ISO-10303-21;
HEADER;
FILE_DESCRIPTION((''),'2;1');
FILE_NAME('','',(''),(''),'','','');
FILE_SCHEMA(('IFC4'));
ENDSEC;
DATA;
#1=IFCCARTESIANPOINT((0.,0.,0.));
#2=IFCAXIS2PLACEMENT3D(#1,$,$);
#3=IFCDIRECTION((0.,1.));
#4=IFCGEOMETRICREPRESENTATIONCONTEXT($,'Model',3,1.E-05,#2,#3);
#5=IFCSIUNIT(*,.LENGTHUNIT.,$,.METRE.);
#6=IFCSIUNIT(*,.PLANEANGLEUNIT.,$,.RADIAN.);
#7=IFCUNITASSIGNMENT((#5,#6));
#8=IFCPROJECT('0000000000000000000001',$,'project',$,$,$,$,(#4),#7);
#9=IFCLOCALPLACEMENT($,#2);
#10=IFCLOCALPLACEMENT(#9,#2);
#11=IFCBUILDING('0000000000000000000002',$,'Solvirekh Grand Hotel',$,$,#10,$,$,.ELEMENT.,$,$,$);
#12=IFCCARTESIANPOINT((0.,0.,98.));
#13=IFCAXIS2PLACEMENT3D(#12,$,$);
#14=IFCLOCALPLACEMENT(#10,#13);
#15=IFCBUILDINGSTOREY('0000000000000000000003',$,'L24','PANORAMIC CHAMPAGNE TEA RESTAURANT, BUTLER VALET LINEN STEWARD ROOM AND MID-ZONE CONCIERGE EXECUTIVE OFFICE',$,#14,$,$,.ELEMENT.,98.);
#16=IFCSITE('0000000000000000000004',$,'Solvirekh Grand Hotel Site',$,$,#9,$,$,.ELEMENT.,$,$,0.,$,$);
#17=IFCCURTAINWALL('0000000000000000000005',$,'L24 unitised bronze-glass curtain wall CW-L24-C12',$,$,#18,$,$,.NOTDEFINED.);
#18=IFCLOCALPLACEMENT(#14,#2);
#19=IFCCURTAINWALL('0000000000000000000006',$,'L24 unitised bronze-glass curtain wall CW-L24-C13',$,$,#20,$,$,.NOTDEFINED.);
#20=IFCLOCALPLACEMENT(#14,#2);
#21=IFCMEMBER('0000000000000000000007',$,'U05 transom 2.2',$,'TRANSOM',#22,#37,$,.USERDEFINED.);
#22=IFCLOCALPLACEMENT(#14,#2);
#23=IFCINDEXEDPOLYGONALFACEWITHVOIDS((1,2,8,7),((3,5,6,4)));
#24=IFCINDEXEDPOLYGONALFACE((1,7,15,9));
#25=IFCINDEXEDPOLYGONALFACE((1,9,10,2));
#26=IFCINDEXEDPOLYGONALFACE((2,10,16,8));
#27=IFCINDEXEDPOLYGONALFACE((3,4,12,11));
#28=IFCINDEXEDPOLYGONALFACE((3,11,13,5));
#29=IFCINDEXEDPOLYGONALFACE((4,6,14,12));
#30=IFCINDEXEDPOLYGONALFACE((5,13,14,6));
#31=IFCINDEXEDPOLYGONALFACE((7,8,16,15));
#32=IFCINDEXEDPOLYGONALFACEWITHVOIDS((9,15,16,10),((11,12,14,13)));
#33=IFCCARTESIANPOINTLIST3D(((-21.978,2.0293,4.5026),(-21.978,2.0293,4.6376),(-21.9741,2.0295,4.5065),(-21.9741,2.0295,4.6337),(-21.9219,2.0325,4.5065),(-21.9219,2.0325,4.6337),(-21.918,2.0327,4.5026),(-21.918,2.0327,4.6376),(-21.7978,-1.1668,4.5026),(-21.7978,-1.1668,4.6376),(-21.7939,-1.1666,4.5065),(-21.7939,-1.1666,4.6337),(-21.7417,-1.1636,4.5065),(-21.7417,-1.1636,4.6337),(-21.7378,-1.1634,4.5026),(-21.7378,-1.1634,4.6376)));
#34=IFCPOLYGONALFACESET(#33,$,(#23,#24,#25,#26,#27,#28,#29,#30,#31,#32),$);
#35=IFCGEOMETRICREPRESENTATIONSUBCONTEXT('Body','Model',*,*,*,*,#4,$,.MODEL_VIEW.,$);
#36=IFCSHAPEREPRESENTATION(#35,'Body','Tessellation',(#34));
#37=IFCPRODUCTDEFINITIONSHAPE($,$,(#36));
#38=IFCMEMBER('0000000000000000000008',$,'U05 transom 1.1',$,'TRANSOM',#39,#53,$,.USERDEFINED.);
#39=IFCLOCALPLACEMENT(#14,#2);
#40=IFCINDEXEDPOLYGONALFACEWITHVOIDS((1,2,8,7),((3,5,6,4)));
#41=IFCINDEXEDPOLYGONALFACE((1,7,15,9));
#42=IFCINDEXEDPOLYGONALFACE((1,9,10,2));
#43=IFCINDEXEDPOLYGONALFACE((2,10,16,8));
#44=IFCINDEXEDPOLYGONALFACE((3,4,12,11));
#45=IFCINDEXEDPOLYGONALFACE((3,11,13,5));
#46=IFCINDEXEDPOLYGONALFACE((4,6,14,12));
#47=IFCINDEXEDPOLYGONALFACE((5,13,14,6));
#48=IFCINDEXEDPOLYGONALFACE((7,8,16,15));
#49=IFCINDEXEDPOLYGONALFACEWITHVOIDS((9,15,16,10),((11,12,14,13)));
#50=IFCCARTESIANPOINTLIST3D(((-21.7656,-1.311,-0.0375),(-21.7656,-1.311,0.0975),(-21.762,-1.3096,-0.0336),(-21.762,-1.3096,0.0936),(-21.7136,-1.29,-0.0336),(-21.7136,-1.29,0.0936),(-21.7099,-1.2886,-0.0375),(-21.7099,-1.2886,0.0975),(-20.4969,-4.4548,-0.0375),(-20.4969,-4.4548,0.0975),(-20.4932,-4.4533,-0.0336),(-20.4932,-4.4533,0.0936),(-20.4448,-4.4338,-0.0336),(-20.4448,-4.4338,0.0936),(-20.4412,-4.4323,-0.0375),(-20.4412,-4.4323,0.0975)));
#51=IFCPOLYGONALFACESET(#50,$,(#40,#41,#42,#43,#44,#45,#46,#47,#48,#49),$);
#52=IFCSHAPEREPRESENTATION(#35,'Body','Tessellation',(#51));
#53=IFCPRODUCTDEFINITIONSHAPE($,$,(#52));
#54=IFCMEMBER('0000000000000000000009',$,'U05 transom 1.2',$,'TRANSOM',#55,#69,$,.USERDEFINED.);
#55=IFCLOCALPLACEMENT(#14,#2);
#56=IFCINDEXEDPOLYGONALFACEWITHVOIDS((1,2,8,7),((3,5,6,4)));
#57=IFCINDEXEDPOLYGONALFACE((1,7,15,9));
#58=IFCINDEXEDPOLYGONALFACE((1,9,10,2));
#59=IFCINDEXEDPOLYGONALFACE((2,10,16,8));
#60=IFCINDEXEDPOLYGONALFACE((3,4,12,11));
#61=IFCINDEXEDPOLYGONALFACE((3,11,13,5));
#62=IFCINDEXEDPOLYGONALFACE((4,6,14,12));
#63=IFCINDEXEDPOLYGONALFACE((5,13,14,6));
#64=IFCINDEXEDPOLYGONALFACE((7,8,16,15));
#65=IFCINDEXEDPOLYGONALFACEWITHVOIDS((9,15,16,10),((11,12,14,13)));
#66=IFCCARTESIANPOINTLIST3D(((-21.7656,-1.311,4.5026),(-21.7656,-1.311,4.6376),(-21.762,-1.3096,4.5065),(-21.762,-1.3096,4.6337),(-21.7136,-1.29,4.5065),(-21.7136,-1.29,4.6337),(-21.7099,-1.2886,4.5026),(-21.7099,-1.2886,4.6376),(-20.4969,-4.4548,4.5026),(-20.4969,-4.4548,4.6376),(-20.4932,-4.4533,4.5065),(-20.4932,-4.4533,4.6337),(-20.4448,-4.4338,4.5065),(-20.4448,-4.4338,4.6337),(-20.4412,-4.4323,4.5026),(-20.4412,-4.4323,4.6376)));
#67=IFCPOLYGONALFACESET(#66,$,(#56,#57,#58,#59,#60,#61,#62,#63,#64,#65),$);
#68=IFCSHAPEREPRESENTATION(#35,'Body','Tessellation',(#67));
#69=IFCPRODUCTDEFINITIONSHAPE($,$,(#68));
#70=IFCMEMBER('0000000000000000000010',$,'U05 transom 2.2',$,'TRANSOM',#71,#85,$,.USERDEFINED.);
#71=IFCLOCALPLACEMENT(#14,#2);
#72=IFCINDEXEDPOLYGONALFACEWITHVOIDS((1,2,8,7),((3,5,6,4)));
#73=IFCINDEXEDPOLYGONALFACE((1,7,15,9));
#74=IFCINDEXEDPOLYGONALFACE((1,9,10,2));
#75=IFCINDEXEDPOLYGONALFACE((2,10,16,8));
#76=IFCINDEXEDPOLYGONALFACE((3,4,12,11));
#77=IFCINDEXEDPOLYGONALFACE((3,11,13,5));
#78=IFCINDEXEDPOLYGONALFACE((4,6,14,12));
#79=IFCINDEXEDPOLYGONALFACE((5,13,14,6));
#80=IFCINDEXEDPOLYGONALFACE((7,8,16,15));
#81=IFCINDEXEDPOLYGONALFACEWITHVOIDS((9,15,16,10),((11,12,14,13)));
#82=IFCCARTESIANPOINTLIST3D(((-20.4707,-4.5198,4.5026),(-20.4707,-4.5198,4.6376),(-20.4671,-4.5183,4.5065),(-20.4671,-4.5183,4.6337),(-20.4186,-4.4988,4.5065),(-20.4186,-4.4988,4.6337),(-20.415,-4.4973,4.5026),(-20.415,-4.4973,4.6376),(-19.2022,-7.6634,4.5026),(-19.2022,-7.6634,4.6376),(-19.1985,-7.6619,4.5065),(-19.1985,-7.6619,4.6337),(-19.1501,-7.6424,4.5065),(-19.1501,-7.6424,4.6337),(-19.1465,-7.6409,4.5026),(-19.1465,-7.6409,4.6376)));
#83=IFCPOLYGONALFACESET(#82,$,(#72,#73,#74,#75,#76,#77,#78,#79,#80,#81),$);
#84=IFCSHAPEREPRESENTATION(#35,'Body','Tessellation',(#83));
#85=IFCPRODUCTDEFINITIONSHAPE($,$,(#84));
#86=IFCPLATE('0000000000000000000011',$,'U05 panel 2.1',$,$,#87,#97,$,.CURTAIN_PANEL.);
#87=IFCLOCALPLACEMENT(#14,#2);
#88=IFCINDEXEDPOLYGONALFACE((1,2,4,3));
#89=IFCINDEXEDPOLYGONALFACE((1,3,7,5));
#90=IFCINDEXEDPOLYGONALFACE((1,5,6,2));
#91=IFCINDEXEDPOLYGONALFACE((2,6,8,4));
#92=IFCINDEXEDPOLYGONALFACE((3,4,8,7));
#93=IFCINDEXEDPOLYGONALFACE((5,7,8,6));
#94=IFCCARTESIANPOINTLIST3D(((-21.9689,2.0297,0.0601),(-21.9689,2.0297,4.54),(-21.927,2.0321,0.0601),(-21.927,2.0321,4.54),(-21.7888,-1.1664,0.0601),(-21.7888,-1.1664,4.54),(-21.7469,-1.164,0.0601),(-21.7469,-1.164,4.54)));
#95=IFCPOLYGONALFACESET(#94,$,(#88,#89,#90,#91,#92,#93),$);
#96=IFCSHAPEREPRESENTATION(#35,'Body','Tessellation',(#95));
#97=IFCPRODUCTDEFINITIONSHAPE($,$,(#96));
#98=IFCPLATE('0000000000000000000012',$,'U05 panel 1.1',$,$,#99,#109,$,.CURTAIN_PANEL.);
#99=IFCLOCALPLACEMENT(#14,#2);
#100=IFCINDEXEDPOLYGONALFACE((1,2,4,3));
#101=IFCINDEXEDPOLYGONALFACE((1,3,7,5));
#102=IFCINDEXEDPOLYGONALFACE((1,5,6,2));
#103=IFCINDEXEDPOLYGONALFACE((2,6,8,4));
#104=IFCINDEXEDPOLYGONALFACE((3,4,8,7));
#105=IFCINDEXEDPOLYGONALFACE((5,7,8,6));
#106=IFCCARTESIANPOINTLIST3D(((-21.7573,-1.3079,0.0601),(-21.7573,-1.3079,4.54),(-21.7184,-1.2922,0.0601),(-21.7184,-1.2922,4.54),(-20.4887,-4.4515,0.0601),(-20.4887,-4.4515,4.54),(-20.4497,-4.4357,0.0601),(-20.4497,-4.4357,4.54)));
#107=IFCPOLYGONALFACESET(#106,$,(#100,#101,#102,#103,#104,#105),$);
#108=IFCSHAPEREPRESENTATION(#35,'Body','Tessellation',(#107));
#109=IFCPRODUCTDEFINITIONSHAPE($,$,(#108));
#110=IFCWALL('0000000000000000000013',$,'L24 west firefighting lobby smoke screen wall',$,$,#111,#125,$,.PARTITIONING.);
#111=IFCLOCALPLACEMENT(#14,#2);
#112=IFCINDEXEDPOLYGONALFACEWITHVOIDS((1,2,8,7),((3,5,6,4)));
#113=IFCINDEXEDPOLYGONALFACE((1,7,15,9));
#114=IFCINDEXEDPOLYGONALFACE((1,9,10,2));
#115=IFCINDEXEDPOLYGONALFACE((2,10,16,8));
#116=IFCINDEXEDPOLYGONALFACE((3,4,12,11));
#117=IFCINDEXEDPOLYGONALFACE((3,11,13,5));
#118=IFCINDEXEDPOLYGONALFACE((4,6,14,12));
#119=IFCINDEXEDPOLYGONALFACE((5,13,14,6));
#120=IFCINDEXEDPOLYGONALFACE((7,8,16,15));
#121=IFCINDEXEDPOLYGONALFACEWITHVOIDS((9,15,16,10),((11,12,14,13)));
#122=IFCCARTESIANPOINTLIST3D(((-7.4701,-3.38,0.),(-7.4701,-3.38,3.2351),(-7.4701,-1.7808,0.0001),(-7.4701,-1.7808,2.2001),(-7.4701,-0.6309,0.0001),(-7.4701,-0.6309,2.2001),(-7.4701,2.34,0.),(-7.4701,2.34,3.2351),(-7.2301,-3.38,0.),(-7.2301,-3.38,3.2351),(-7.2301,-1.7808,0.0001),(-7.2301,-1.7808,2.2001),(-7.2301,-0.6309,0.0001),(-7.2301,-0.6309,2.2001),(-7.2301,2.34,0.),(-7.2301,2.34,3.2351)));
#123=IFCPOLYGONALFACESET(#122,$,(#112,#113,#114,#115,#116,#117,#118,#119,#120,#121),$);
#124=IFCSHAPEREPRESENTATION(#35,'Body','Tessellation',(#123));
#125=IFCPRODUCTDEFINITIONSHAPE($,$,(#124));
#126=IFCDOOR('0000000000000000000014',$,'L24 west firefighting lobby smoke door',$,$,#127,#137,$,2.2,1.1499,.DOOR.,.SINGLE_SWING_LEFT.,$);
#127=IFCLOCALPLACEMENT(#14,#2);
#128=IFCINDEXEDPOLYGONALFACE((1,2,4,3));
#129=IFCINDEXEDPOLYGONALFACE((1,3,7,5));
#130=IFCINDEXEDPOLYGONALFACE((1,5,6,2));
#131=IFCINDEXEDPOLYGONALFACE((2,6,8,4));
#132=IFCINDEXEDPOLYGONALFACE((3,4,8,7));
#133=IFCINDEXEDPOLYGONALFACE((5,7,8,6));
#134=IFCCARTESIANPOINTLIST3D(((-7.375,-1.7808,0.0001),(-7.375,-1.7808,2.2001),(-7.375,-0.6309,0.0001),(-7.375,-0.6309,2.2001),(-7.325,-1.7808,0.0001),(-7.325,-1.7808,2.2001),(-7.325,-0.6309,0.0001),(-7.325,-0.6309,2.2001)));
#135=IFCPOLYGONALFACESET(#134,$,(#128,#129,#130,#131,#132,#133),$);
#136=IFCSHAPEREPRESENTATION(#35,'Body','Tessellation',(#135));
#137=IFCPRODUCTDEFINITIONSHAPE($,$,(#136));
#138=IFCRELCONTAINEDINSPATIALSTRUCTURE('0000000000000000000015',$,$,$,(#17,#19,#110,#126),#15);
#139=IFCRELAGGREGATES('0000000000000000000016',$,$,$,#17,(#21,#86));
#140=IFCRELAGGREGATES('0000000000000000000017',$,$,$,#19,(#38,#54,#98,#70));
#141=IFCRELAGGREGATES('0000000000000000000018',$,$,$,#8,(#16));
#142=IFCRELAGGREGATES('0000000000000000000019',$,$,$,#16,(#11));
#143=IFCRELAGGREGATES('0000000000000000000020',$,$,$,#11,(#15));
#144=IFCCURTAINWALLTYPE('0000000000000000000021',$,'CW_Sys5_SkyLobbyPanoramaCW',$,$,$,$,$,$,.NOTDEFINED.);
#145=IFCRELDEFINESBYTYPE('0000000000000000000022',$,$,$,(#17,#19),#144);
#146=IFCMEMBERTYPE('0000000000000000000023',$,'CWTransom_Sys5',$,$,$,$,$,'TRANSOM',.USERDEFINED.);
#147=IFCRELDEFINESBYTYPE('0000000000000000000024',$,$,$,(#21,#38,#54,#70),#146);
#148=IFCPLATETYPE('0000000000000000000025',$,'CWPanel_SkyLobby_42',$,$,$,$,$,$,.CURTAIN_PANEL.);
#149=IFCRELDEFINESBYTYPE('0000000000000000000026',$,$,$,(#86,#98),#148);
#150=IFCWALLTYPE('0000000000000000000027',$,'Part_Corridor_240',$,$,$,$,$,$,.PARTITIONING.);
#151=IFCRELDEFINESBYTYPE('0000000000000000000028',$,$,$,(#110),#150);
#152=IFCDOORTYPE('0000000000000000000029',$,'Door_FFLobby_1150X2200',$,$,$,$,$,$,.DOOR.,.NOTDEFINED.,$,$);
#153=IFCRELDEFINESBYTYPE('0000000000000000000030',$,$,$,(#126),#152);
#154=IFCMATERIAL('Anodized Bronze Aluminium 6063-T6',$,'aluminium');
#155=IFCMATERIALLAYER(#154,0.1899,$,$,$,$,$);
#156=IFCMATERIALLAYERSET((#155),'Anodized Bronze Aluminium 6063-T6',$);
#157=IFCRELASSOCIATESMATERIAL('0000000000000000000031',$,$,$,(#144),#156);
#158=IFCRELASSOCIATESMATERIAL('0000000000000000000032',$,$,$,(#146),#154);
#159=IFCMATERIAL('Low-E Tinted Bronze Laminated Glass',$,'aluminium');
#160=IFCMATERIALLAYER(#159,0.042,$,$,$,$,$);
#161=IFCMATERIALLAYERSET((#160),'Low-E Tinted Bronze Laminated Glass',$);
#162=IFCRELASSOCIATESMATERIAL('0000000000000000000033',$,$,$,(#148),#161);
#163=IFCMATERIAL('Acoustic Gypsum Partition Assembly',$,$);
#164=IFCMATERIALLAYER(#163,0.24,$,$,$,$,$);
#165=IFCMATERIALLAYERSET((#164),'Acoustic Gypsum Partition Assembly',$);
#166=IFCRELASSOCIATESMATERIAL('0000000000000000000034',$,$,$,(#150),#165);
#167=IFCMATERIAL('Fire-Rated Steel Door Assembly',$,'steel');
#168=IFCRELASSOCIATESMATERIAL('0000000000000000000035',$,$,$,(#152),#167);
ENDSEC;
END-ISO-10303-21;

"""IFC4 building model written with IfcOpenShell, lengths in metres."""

from ifc_helpers import new_model, si_unit, direction, frame, frame_2d, origin, origin_2d, place, context, subcontext, project, spatial, rectangle, hollow_rectangle, extrude, source, transform, mapped, material, layer, layer_set, material_profile, profile_set, type_object, element, fill, aggregate, save


model = new_model("IFC4")

# Units and contexts
model_context = context("Model", 3, precision=1e-05, world=origin(), true_north=direction((0.0, 1.0)))
body_context = subcontext(model_context, "Body", "Model", "MODEL_VIEW")
ifc_project = project(units=[si_unit("LENGTHUNIT", "METRE"), si_unit("PLANEANGLEUNIT", "RADIAN")], contexts=[model_context])

# Site, building, storey
site_placement = place(None, origin())
site = spatial("IfcSite", under=ifc_project, at=site_placement, Name="Solvirekh Grand Hotel Site", CompositionType="ELEMENT", RefElevation=0.0)
building_placement = place(site_placement, origin())
building = spatial("IfcBuilding", under=site, at=building_placement, Name="Solvirekh Grand Hotel", CompositionType="ELEMENT")
storey_placement = place(building_placement, frame((0.0, 0.0, 98.0)))
storey = spatial("IfcBuildingStorey", under=building, at=storey_placement, Name="L24", Description="PANORAMIC CHAMPAGNE TEA RESTAURANT, BUTLER VALET LINEN STEWARD ROOM AND MID-ZONE CONCIERGE EXECUTIVE OFFICE", CompositionType="ELEMENT", Elevation=98.0)

# Curtain walls
ifc_material_1 = material(Name="Anodized Bronze Aluminium 6063-T6", Category="aluminium")
ifc_layer_1 = layer(ifc_material_1, 0.1899)
ifc_layer_set_1 = layer_set([ifc_layer_1], Name="Anodized Bronze Aluminium 6063-T6")
curtain_wall_type = type_object("IfcCurtainWallType", Name="CW_Sys5_SkyLobbyPanoramaCW", PredefinedType="NOTDEFINED", material=ifc_layer_set_1)
curtain_wall_1_placement = place(storey_placement, origin())
curtain_wall_1 = element("IfcCurtainWall", 1, at=curtain_wall_1_placement, inside=storey, type_object=curtain_wall_type, Name="L24 unitised bronze-glass curtain wall CW-L24-C12", PredefinedType="NOTDEFINED")
curtain_wall_2_placement = place(storey_placement, origin())
curtain_wall_2 = element("IfcCurtainWall", 2, at=curtain_wall_2_placement, inside=storey, type_object=curtain_wall_type, Name="L24 unitised bronze-glass curtain wall CW-L24-C13", PredefinedType="NOTDEFINED")

# Members
ifc_material_profile_1 = material_profile(ifc_material_1, hollow_rectangle(XDim=0.0601, YDim=0.135, WallThickness=0.0039, at=origin_2d()), Name="ALU RHS 135X60X4")
ifc_profile_set_1 = profile_set([ifc_material_profile_1], Name="Anodized Bronze Aluminium 6063-T6")
member_type_1 = type_object("IfcMemberType", Name="CWTransom_Sys5", ElementType="TRANSOM", PredefinedType="USERDEFINED", material=ifc_profile_set_1)
shared_shape_1 = source(origin(), body_context, "Body", "SweptSolid", [
    extrude(hollow_rectangle(XDim=0.0601, YDim=0.135, WallThickness=0.0039, at=origin_2d()), origin(), (0.0, 0.0, 1.0), 3.2012),
])
member_1_placement = place(storey_placement, frame((-21.948, 2.031, 4.5701), z_axis=(0.056285, -0.998415, 0.0), x_axis=(0.998415, 0.056285, 0.0)))
member_1 = element("IfcMember", 3, at=member_1_placement, type_object=member_type_1, Name="U05 transom 2.2", ObjectType="TRANSOM", PredefinedType="USERDEFINED", context=body_context, shape_type="MappedRepresentation", body=[
    mapped(shared_shape_1, transform((0.0, 0.0, 0.0), x_axis=(1.0, 0.0, 0.0), y_axis=(0.0, 1.0, 0.0), z_axis=(0.0, 0.0, 1.0), scale=1.0)),
])
shared_shape_2 = source(origin(), body_context, "Body", "SweptSolid", [
    extrude(hollow_rectangle(XDim=0.0601, YDim=0.135, WallThickness=0.0039, at=origin_2d()), origin(), (0.0, 0.0, 1.0), 3.3901),
])
member_2_placement = place(storey_placement, frame((-21.7378, -1.2998, 0.03), z_axis=(0.374257, -0.927325, 0.0), x_axis=(0.927325, 0.374257, 0.0)))
member_2 = element("IfcMember", 4, at=member_2_placement, type_object=member_type_1, Name="U05 transom 1.1", ObjectType="TRANSOM", PredefinedType="USERDEFINED", context=body_context, shape_type="MappedRepresentation", body=[
    mapped(shared_shape_2, transform((0.0, 0.0, 0.0), x_axis=(1.0, 0.0, 0.0), y_axis=(0.0, 1.0, 0.0), z_axis=(0.0, 0.0, 1.0), scale=1.0)),
])
member_3_placement = place(storey_placement, frame((-21.7378, -1.2998, 4.5701), z_axis=(0.374257, -0.927325, 0.0), x_axis=(0.927325, 0.374257, 0.0)))
member_3 = element("IfcMember", 5, at=member_3_placement, type_object=member_type_1, Name="U05 transom 1.2", ObjectType="TRANSOM", PredefinedType="USERDEFINED", context=body_context, shape_type="MappedRepresentation", body=[
    mapped(shared_shape_2, transform((0.0, 0.0, 0.0), x_axis=(1.0, 0.0, 0.0), y_axis=(0.0, 1.0, 0.0), z_axis=(0.0, 0.0, 1.0), scale=1.0)),
])
shared_shape_3 = source(origin(), body_context, "Body", "SweptSolid", [
    extrude(hollow_rectangle(XDim=0.0601, YDim=0.135, WallThickness=0.0039, at=origin_2d()), origin(), (0.0, 0.0, 1.0), 3.3899),
])
member_4_placement = place(storey_placement, frame((-20.4429, -4.5085, 4.5701), z_axis=(0.37422, -0.92734, 0.0), x_axis=(0.92734, 0.37422, 0.0)))
member_4 = element("IfcMember", 6, at=member_4_placement, type_object=member_type_1, Name="U05 transom 2.2", ObjectType="TRANSOM", PredefinedType="USERDEFINED", context=body_context, shape_type="MappedRepresentation", body=[
    mapped(shared_shape_3, transform((0.0, 0.0, 0.0), x_axis=(1.0, 0.0, 0.0), y_axis=(0.0, 1.0, 0.0), z_axis=(0.0, 0.0, 1.0), scale=1.0)),
])

# Plates
ifc_material_2 = material(Name="Low-E Tinted Bronze Laminated Glass", Category="aluminium")
ifc_layer_2 = layer(ifc_material_2, 0.042)
ifc_layer_set_2 = layer_set([ifc_layer_2], Name="Low-E Tinted Bronze Laminated Glass")
plate_type = type_object("IfcPlateType", Name="CWPanel_SkyLobby_42", PredefinedType="CURTAIN_PANEL", material=ifc_layer_set_2)
shared_shape_4 = source(origin(), body_context, "Body", "SweptSolid", [
    extrude(rectangle(XDim=3.2012, YDim=0.042, at=origin_2d()), origin(), (0.0, 0.0, 1.0), 4.48),
])
plate_1_placement = place(storey_placement, frame((-21.8579, 0.4329, 0.0601), z_axis=(0.0, 0.0, 1.0), x_axis=(0.056257, -0.998416, 0.0)))
plate_1 = element("IfcPlate", 7, at=plate_1_placement, type_object=plate_type, Name="U05 panel 2.1", PredefinedType="CURTAIN_PANEL", context=body_context, shape_type="MappedRepresentation", body=[
    mapped(shared_shape_4, transform((0.0, 0.0, 0.0), x_axis=(1.0, 0.0, 0.0), y_axis=(0.0, 1.0, 0.0), z_axis=(0.0, 0.0, 1.0), scale=1.0)),
])
aggregate(curtain_wall_1, [member_1, plate_1])
shared_shape_5 = source(origin(), body_context, "Body", "SweptSolid", [
    extrude(rectangle(XDim=3.3899, YDim=0.042, at=origin_2d()), origin(), (0.0, 0.0, 1.0), 4.48),
])
plate_2_placement = place(storey_placement, frame((-21.1035, -2.8718, 0.0601), z_axis=(0.0, 0.0, 1.0), x_axis=(0.37425, -0.927328, 0.0)))
plate_2 = element("IfcPlate", 8, at=plate_2_placement, type_object=plate_type, Name="U05 panel 1.1", PredefinedType="CURTAIN_PANEL", context=body_context, shape_type="MappedRepresentation", body=[
    mapped(shared_shape_5, transform((0.0, 0.0, 0.0), x_axis=(1.0, 0.0, 0.0), y_axis=(0.0, 1.0, 0.0), z_axis=(0.0, 0.0, 1.0), scale=1.0)),
])
aggregate(curtain_wall_2, [member_2, member_3, plate_2, member_4])

# Wall, opening, door
ifc_material_3 = material(Name="Acoustic Gypsum Partition Assembly")
ifc_layer_3 = layer(ifc_material_3, 0.24)
ifc_layer_set_3 = layer_set([ifc_layer_3], Name="Acoustic Gypsum Partition Assembly")
wall_type_1 = type_object("IfcWallType", Name="Part_Corridor_240", PredefinedType="PARTITIONING", material=ifc_layer_set_3)
wall_1_placement = place(storey_placement, frame((-7.3501, -3.3799, 0.0), z_axis=(0.0, 0.0, 1.0), x_axis=(0.0, 1.0, 0.0)))
wall_1 = element("IfcWall", 9, at=wall_1_placement, inside=storey, type_object=wall_type_1, Name="L24 west firefighting lobby smoke screen wall", PredefinedType="PARTITIONING", context=body_context, shape_type="SweptSolid", body=[
    extrude(rectangle(XDim=5.72, YDim=0.24, at=frame_2d((2.8599, 0.0))), origin(), (0.0, 0.0, 1.0), 3.2351),
])
opening_1_placement = place(wall_1_placement, frame((1.5991, 0.0, 0.0)))
opening_1 = element("IfcOpeningElement", 10, at=opening_1_placement, cuts=wall_1, PredefinedType="OPENING", context=body_context, shape_type="SweptSolid", body=[
    extrude(rectangle(XDim=1.1499, YDim=2.2, at=frame_2d((0.575, 1.1001))), frame((0.0, 0.1299, 0.0), z_axis=(0.0, -1.0, 0.0), x_axis=(1.0, 0.0, 0.0)), (0.0, 0.0, 1.0), 0.26),
])
ifc_material_4 = material(Name="Fire-Rated Steel Door Assembly", Category="steel")
door_type_1 = type_object("IfcDoorType", Name="Door_FFLobby_1150X2200", OperationType="NOTDEFINED", PredefinedType="DOOR", material=ifc_material_4)
door_1_placement = place(opening_1_placement, origin())
door_1 = element("IfcDoor", 11, at=door_1_placement, inside=storey, type_object=door_type_1, Name="L24 west firefighting lobby smoke door", OperationType="SINGLE_SWING_LEFT", OverallHeight=2.2, OverallWidth=1.1499, PredefinedType="DOOR", context=body_context, shape_type="SweptSolid", body=[
    extrude(rectangle(XDim=1.1499, YDim=2.2, at=frame_2d((0.575, 1.1001))), frame((0.0, 0.0249, 0.0), z_axis=(0.0, -1.0, 0.0), x_axis=(1.0, 0.0, 0.0)), (0.0, 0.0, 1.0), 0.05),
])
fill(opening_1, door_1)

save(model, "model.ifc")
